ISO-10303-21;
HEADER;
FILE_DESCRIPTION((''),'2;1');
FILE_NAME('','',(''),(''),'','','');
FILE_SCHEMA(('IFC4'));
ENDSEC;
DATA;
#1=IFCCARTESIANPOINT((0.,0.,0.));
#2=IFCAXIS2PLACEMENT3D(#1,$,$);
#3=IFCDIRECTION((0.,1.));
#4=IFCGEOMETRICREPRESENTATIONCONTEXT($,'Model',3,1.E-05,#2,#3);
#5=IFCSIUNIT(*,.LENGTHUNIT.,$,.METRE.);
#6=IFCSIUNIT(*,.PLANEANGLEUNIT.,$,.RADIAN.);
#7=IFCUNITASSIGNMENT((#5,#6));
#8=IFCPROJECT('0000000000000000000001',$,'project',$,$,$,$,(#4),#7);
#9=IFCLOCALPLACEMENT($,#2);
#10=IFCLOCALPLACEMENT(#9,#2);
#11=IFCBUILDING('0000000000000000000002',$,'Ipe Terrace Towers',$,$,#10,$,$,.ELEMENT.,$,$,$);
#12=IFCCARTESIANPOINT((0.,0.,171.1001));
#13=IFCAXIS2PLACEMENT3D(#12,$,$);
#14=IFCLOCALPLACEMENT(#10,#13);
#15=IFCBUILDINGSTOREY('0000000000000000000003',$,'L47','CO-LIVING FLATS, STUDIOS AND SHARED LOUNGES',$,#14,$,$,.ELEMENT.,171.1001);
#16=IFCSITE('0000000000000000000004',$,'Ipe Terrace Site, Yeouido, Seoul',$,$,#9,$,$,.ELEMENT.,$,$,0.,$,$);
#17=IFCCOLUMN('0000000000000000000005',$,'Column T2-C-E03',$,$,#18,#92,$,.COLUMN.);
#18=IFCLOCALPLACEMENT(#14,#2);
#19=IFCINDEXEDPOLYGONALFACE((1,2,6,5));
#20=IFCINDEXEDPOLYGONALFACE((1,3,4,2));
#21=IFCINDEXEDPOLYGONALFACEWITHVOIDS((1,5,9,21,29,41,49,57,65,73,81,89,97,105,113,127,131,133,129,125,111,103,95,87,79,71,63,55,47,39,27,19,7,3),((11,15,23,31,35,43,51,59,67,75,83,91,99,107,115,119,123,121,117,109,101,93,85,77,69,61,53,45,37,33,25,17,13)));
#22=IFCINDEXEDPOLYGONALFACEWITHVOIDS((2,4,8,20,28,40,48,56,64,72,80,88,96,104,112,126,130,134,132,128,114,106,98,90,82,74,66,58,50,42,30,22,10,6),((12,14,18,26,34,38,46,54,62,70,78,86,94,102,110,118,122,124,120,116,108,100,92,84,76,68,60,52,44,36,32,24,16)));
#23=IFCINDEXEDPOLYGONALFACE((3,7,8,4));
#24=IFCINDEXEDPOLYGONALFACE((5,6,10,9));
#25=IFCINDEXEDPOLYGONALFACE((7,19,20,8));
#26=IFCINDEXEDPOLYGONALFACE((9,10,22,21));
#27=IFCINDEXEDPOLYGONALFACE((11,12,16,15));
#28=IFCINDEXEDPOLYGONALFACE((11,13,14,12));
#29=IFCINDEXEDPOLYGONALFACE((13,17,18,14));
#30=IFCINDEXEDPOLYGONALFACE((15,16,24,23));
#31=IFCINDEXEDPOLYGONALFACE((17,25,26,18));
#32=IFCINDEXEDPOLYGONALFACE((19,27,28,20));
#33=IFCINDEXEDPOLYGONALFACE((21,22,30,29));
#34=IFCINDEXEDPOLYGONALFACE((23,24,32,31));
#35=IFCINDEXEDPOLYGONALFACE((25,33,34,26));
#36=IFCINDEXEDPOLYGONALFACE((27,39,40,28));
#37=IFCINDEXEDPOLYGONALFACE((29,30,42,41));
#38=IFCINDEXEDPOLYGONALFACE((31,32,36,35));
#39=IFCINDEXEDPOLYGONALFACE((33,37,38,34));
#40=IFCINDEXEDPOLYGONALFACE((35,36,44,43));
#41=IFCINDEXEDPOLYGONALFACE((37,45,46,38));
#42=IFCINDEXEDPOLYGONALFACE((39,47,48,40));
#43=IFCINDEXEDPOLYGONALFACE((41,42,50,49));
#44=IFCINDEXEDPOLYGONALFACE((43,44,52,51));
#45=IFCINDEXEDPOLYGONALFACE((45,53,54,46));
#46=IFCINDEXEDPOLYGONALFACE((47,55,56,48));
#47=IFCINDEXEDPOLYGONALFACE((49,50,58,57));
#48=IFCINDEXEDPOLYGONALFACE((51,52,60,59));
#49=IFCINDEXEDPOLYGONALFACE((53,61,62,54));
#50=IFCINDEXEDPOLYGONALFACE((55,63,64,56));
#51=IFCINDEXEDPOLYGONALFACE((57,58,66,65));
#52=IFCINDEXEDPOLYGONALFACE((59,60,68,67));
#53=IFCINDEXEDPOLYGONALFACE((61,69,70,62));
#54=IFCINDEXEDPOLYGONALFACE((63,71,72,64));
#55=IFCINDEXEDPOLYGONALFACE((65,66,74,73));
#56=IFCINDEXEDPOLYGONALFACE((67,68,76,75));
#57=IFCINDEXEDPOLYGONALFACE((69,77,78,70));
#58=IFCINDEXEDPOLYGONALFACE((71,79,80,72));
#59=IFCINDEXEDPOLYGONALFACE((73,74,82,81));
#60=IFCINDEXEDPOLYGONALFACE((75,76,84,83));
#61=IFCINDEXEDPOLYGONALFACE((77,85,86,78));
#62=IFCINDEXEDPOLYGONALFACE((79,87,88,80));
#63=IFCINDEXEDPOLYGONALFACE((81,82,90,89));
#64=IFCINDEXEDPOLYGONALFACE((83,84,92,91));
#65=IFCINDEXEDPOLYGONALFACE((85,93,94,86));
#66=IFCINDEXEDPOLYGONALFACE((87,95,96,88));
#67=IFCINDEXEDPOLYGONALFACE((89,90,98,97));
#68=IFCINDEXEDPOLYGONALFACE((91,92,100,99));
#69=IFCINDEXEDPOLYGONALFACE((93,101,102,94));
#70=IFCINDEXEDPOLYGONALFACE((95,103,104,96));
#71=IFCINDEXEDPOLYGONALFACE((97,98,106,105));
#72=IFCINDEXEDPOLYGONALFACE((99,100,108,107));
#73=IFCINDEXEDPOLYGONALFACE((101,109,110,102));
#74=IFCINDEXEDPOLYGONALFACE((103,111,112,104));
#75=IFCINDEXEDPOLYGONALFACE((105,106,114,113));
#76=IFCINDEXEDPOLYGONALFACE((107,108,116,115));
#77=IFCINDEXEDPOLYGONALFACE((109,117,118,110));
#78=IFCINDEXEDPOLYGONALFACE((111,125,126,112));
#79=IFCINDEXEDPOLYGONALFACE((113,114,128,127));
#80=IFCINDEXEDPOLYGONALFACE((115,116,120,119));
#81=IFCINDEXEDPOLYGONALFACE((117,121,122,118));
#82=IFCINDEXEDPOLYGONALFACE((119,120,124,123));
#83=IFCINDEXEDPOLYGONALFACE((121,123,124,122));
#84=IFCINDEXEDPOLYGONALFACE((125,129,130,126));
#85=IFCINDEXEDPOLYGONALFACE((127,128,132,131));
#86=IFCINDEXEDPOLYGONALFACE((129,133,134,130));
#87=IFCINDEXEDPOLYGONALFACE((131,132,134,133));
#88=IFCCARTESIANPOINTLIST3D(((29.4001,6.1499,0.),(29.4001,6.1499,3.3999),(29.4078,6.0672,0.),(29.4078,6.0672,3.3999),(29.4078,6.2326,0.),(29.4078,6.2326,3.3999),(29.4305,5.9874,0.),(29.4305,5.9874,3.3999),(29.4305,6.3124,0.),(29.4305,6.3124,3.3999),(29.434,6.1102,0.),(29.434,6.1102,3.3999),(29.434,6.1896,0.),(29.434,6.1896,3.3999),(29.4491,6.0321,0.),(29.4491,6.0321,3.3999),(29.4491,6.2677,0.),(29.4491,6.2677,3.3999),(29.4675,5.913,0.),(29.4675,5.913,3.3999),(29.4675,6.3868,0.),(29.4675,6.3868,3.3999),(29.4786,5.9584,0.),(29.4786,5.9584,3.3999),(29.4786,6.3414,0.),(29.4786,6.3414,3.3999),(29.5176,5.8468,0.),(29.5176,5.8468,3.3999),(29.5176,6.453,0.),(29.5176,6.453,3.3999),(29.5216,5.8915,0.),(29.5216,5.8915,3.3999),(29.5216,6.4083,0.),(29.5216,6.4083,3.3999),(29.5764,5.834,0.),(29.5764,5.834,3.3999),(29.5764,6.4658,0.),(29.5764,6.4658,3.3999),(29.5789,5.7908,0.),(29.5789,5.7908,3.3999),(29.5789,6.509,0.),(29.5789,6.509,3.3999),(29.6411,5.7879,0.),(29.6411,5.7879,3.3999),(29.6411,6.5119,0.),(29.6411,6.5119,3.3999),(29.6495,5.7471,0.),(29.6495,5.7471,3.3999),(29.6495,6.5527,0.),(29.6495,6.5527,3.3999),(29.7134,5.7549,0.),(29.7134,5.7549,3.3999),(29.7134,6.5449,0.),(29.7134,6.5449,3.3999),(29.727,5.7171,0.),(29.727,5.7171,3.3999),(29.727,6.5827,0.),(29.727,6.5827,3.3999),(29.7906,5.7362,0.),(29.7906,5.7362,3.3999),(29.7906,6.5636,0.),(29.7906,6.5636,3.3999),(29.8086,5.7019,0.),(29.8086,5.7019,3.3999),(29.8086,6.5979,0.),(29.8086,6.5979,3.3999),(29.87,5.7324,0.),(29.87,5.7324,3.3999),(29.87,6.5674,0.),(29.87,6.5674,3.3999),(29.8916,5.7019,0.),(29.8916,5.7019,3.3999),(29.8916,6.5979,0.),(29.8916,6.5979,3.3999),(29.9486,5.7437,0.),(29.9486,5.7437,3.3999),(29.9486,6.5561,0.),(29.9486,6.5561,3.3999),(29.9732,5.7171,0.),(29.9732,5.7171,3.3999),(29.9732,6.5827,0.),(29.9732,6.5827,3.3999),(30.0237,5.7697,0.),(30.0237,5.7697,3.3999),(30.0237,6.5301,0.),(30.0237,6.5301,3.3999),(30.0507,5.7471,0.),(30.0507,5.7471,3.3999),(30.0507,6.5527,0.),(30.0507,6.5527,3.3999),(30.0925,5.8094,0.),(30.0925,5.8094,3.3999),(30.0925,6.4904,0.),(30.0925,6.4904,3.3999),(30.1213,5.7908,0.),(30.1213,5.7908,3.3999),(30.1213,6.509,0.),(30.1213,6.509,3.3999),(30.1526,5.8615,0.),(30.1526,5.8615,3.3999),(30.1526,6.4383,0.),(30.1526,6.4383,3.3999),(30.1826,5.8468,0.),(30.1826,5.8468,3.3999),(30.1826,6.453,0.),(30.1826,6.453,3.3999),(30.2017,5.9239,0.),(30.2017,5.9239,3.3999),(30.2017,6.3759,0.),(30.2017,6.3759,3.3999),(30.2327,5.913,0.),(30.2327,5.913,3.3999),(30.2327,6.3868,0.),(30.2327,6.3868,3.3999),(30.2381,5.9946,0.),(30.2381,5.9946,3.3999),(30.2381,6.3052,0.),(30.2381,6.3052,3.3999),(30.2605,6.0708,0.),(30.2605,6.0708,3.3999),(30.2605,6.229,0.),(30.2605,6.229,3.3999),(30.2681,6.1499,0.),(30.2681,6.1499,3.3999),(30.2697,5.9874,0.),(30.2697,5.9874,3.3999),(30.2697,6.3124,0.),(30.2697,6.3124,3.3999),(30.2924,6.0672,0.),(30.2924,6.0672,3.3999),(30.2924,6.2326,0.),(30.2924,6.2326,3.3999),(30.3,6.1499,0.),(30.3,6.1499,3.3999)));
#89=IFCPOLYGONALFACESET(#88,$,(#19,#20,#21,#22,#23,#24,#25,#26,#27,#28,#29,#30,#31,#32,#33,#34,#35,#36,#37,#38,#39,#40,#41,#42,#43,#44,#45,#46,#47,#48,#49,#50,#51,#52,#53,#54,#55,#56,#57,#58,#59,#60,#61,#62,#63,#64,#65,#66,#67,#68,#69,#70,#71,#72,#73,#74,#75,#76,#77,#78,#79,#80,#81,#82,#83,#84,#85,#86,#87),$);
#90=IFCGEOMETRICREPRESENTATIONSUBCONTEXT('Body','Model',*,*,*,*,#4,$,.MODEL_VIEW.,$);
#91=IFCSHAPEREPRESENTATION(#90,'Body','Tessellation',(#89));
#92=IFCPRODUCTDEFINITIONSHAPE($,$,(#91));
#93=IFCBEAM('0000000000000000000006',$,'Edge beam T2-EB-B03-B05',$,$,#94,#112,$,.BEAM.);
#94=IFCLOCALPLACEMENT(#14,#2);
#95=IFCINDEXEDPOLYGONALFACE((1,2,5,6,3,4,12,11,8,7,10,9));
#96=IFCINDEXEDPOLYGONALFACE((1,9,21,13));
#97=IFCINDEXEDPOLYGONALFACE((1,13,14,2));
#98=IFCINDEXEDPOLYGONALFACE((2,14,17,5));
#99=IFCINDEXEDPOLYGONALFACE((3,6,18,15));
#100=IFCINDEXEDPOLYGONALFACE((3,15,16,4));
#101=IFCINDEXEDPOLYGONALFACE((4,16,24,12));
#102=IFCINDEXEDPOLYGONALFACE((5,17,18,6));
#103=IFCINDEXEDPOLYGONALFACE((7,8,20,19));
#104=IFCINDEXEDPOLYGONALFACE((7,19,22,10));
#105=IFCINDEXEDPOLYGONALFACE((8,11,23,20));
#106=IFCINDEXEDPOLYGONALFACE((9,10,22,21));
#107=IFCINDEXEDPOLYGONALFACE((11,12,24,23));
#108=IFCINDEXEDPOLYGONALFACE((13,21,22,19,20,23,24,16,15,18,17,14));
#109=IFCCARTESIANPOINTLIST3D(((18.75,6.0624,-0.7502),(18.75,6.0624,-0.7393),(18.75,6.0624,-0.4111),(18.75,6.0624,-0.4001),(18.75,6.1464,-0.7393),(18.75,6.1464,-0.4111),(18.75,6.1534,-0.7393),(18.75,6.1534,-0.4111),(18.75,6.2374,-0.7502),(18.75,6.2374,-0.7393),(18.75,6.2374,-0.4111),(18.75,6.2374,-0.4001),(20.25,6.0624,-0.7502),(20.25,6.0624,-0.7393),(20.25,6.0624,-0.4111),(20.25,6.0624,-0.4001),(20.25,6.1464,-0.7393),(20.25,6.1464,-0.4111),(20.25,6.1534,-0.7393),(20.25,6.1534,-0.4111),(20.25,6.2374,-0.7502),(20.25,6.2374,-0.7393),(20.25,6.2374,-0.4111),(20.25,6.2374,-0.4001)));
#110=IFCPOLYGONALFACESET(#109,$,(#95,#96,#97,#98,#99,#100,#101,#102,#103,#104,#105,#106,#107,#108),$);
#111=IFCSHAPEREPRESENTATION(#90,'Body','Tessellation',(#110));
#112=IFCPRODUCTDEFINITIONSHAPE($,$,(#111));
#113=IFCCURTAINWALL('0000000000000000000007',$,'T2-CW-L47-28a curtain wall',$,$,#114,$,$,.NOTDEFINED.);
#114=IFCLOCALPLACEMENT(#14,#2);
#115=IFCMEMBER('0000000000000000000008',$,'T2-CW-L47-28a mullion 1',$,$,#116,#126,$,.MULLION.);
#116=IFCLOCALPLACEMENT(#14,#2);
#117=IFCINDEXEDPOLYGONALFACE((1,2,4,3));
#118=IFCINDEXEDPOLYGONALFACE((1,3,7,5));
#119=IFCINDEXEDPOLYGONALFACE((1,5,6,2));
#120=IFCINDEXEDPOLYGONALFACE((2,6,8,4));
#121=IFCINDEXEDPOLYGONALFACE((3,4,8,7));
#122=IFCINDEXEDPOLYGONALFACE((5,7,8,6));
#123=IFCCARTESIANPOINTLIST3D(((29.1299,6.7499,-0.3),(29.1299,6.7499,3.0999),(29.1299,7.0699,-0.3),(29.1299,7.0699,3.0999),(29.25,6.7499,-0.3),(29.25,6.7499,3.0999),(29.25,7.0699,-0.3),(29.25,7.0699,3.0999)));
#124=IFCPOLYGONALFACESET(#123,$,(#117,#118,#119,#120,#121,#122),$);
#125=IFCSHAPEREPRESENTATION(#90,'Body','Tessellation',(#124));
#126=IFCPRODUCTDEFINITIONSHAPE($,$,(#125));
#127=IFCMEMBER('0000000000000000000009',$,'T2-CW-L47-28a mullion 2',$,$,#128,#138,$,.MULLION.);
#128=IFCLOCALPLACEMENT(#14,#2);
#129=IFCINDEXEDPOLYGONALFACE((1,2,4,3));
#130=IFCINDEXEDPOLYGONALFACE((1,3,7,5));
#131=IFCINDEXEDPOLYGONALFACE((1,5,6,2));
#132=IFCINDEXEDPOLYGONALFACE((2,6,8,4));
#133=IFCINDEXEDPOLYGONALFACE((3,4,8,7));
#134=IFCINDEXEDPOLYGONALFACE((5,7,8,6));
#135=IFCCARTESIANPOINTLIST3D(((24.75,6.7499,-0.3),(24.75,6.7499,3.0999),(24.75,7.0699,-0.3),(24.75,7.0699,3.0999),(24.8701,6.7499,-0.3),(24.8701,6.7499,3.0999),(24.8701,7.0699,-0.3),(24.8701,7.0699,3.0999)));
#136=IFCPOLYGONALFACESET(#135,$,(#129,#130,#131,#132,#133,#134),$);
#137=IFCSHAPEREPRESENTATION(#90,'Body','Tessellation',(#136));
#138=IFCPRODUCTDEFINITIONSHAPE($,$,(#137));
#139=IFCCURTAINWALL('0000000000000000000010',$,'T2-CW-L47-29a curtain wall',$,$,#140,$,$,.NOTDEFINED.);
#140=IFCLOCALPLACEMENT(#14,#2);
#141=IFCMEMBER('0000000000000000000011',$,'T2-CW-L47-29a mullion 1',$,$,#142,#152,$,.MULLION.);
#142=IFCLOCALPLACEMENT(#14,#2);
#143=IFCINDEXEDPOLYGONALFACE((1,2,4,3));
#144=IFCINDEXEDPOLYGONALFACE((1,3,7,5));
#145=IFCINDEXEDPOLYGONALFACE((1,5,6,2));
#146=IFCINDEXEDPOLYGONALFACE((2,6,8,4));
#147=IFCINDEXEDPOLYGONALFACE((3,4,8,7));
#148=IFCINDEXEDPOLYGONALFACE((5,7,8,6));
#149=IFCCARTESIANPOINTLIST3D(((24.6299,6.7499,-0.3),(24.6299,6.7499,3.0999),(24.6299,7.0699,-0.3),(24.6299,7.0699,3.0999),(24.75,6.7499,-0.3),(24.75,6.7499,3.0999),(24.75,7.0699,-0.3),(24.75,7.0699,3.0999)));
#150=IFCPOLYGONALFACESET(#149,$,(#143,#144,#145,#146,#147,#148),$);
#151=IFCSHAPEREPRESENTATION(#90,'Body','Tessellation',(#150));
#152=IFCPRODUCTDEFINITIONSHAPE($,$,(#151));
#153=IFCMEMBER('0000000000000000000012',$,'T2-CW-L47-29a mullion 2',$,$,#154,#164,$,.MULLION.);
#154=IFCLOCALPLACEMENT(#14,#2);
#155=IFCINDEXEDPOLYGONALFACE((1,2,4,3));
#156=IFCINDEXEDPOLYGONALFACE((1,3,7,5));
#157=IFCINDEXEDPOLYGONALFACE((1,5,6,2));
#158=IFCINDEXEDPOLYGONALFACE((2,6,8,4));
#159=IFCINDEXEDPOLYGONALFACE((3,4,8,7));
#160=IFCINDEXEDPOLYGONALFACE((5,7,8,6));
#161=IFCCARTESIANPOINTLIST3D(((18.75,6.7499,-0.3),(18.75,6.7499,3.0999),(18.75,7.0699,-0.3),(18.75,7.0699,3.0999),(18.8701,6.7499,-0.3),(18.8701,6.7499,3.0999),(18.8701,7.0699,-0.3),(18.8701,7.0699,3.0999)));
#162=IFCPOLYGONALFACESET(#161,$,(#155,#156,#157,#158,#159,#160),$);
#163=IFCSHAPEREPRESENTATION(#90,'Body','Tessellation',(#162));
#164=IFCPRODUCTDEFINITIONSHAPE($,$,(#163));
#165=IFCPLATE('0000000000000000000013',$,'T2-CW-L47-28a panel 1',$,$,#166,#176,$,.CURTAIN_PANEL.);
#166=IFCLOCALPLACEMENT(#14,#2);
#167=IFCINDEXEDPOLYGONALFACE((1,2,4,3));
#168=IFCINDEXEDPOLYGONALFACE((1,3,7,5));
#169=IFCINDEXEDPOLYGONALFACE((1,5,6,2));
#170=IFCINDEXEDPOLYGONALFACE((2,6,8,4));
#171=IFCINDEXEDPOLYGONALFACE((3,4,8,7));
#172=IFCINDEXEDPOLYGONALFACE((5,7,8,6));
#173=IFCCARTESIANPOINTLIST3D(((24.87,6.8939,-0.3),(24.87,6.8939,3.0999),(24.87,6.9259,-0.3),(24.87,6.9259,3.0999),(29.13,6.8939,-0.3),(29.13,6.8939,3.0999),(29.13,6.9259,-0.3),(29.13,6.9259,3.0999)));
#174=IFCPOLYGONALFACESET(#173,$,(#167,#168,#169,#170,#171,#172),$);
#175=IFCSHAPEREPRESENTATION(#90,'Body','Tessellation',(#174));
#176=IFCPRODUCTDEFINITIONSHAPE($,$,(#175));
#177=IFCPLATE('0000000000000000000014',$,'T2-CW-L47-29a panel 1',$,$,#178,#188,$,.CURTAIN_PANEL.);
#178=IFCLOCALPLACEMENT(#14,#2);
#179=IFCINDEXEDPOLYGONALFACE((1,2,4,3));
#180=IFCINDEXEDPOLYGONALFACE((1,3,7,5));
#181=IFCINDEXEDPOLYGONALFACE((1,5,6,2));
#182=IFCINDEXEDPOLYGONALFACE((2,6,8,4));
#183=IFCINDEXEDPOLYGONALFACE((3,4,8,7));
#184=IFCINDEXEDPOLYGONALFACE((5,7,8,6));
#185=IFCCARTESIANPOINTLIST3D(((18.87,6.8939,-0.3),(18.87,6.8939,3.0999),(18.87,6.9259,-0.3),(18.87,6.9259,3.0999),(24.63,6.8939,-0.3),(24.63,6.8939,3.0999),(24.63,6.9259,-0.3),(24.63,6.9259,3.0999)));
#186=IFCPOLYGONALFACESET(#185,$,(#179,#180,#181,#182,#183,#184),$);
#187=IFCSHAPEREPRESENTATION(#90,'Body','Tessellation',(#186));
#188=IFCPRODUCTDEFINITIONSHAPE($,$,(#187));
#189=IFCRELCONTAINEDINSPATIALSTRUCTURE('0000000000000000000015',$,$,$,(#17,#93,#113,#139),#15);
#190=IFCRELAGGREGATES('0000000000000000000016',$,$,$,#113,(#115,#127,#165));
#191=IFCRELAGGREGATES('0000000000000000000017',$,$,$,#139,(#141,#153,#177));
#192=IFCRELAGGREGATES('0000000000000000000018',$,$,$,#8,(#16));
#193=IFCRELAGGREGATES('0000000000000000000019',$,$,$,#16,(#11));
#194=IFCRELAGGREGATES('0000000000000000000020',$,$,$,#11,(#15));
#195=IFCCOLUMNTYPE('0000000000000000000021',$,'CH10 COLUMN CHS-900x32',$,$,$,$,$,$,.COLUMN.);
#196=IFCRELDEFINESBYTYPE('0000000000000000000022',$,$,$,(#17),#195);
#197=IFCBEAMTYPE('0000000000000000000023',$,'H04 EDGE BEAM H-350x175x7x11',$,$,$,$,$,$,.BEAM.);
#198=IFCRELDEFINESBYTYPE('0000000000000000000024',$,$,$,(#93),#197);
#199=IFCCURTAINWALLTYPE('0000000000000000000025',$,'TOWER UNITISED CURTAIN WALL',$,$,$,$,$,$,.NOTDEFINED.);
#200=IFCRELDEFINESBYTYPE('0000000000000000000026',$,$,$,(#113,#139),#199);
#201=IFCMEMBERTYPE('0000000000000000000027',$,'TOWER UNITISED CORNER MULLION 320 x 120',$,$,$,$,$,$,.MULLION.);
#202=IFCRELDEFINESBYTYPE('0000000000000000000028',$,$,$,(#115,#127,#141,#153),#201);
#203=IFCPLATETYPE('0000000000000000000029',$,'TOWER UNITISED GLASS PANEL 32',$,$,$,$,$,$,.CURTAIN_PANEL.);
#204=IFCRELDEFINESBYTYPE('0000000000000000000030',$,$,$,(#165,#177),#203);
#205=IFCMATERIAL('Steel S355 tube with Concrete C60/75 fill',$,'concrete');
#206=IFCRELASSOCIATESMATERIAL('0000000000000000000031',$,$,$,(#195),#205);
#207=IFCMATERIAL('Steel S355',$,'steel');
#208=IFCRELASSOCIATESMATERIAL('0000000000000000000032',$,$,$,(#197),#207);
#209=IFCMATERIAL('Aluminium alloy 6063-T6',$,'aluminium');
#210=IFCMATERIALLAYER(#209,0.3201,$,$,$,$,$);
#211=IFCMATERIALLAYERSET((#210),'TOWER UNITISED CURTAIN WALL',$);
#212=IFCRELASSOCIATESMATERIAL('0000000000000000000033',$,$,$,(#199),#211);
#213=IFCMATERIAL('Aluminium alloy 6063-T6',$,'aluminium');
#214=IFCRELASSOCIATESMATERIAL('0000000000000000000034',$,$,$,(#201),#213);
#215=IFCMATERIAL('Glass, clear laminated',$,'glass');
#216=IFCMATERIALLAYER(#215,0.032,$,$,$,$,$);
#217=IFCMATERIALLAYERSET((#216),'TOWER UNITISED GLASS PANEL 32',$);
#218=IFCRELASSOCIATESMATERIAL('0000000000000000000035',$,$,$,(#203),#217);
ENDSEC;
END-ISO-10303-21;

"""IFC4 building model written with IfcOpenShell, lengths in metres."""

from ifc_helpers import new_model, si_unit, direction, frame, origin, origin_2d, place, context, subcontext, project, spatial, rectangle, hollow_circle, i_section, extrude, material, layer, layer_set, material_profile, profile_set, type_object, element, aggregate, save


model = new_model("IFC4")

# Units and contexts
model_context = context("Model", 3, precision=1e-05, world=origin(), true_north=direction((0.0, 1.0)))
body_context = subcontext(model_context, "Body", "Model", "MODEL_VIEW")
ifc_project = project(units=[si_unit("LENGTHUNIT", "METRE"), si_unit("PLANEANGLEUNIT", "RADIAN")], contexts=[model_context])

# Site, building, storey
site_placement = place(None, origin())
site = spatial("IfcSite", under=ifc_project, at=site_placement, Name="Ipe Terrace Site, Yeouido, Seoul", CompositionType="ELEMENT", RefElevation=0.0)
building_placement = place(site_placement, origin())
building = spatial("IfcBuilding", under=site, at=building_placement, Name="Ipe Terrace Towers", CompositionType="ELEMENT")
storey_placement = place(building_placement, frame((0.0, 0.0, 171.1001)))
storey = spatial("IfcBuildingStorey", under=building, at=storey_placement, Name="L47", Description="CO-LIVING FLATS, STUDIOS AND SHARED LOUNGES", CompositionType="ELEMENT", Elevation=171.1001)

# Column
ifc_material_1 = material(Name="Steel S355 tube with Concrete C60/75 fill", Category="concrete")
ifc_material_profile_1 = material_profile(ifc_material_1, hollow_circle(Radius=0.45, WallThickness=0.032, at=origin_2d()), Name="CHS-900x32")
ifc_profile_set_1 = profile_set([ifc_material_profile_1], Name="Steel S355 tube with Concrete C60/75 fill")
column_type_1 = type_object("IfcColumnType", Name="CH10 COLUMN CHS-900x32", PredefinedType="COLUMN", material=ifc_profile_set_1)
column_placement = place(storey_placement, frame((29.8501, 6.1499, 0.0), z_axis=(0.0, 0.0, 1.0), x_axis=(1.0, 0.0, 0.0)))
element("IfcColumn", 1, at=column_placement, inside=storey, type_object=column_type_1, Name="Column T2-C-E03", PredefinedType="COLUMN", context=body_context, shape_type="SweptSolid", body=[
    extrude(hollow_circle(Radius=0.45, WallThickness=0.032, at=origin_2d()), origin(), (0.0, 0.0, 1.0), 3.3999),
])

# Beam
ifc_material_2 = material(Name="Steel S355", Category="steel")
ifc_material_profile_2 = material_profile(ifc_material_2, i_section(OverallWidth=0.175, OverallDepth=0.3501, WebThickness=0.0071, FlangeThickness=0.011, at=origin_2d()), Name="H-350x175x7x11")
ifc_profile_set_2 = profile_set([ifc_material_profile_2], Name="Steel S355")
beam_type = type_object("IfcBeamType", Name="H04 EDGE BEAM H-350x175x7x11", PredefinedType="BEAM", material=ifc_profile_set_2)
beam_placement = place(storey_placement, frame((20.25, 6.1499, -0.5752), z_axis=(-1.0, 0.0, 0.0), x_axis=(0.0, -1.0, 0.0)))
element("IfcBeam", 2, at=beam_placement, inside=storey, type_object=beam_type, Name="Edge beam T2-EB-B03-B05", PredefinedType="BEAM", context=body_context, shape_type="SweptSolid", body=[
    extrude(i_section(OverallWidth=0.175, OverallDepth=0.3501, WebThickness=0.0071, FlangeThickness=0.011, at=origin_2d()), origin(), (0.0, 0.0, 1.0), 1.5),
])

# Curtain walls, members
ifc_material_3 = material(Name="Aluminium alloy 6063-T6", Category="aluminium")
ifc_layer_1 = layer(ifc_material_3, 0.3201)
ifc_layer_set_1 = layer_set([ifc_layer_1], Name="TOWER UNITISED CURTAIN WALL")
curtain_wall_type = type_object("IfcCurtainWallType", Name="TOWER UNITISED CURTAIN WALL", PredefinedType="NOTDEFINED", material=ifc_layer_set_1)
curtain_wall_1_placement = place(storey_placement, origin())
curtain_wall_1 = element("IfcCurtainWall", 3, at=curtain_wall_1_placement, inside=storey, type_object=curtain_wall_type, Name="T2-CW-L47-28a curtain wall", PredefinedType="NOTDEFINED")
ifc_material_4 = material(Name="Aluminium alloy 6063-T6", Category="aluminium")
ifc_material_profile_3 = material_profile(ifc_material_4, rectangle(XDim=0.3201, YDim=0.1201, at=origin_2d()), Name="TOWER UNITISED CORNER MULLION 320 x 120")
ifc_profile_set_3 = profile_set([ifc_material_profile_3], Name="Aluminium alloy 6063-T6")
member_type = type_object("IfcMemberType", Name="TOWER UNITISED CORNER MULLION 320 x 120", PredefinedType="MULLION", material=ifc_profile_set_3)
member_1_placement = place(storey_placement, frame((29.1899, 6.9099, -0.3), z_axis=(0.0, 0.0, 1.0), x_axis=(0.0, 1.0, 0.0)))
member_1 = element("IfcMember", 4, at=member_1_placement, type_object=member_type, Name="T2-CW-L47-28a mullion 1", PredefinedType="MULLION", context=body_context, shape_type="SweptSolid", body=[
    extrude(rectangle(XDim=0.3201, YDim=0.1201, at=origin_2d()), origin(), (0.0, 0.0, 1.0), 3.3999),
])
member_2_placement = place(storey_placement, frame((24.8101, 6.9099, -0.3), z_axis=(0.0, 0.0, 1.0), x_axis=(0.0, 1.0, 0.0)))
member_2 = element("IfcMember", 5, at=member_2_placement, type_object=member_type, Name="T2-CW-L47-28a mullion 2", PredefinedType="MULLION", context=body_context, shape_type="SweptSolid", body=[
    extrude(rectangle(XDim=0.3201, YDim=0.1201, at=origin_2d()), origin(), (0.0, 0.0, 1.0), 3.3999),
])
curtain_wall_2_placement = place(storey_placement, origin())
curtain_wall_2 = element("IfcCurtainWall", 6, at=curtain_wall_2_placement, inside=storey, type_object=curtain_wall_type, Name="T2-CW-L47-29a curtain wall", PredefinedType="NOTDEFINED")
member_3_placement = place(storey_placement, frame((24.6899, 6.9099, -0.3), z_axis=(0.0, 0.0, 1.0), x_axis=(0.0, 1.0, 0.0)))
member_3 = element("IfcMember", 7, at=member_3_placement, type_object=member_type, Name="T2-CW-L47-29a mullion 1", PredefinedType="MULLION", context=body_context, shape_type="SweptSolid", body=[
    extrude(rectangle(XDim=0.3201, YDim=0.1201, at=origin_2d()), origin(), (0.0, 0.0, 1.0), 3.3999),
])
member_4_placement = place(storey_placement, frame((18.8101, 6.9099, -0.3), z_axis=(0.0, 0.0, 1.0), x_axis=(0.0, 1.0, 0.0)))
member_4 = element("IfcMember", 8, at=member_4_placement, type_object=member_type, Name="T2-CW-L47-29a mullion 2", PredefinedType="MULLION", context=body_context, shape_type="SweptSolid", body=[
    extrude(rectangle(XDim=0.3201, YDim=0.1201, at=origin_2d()), origin(), (0.0, 0.0, 1.0), 3.3999),
])

# Plates
ifc_material_5 = material(Name="Glass, clear laminated", Category="glass")
ifc_layer_2 = layer(ifc_material_5, 0.032)
ifc_layer_set_2 = layer_set([ifc_layer_2], Name="TOWER UNITISED GLASS PANEL 32")
plate_type = type_object("IfcPlateType", Name="TOWER UNITISED GLASS PANEL 32", PredefinedType="CURTAIN_PANEL", material=ifc_layer_set_2)
plate_1_placement = place(storey_placement, frame((27.0, 6.9099, -0.3), z_axis=(0.0, 0.0, 1.0), x_axis=(-1.0, 0.0, 0.0)))
plate_1 = element("IfcPlate", 9, at=plate_1_placement, type_object=plate_type, Name="T2-CW-L47-28a panel 1", PredefinedType="CURTAIN_PANEL", context=body_context, shape_type="SweptSolid", body=[
    extrude(rectangle(XDim=4.26, YDim=0.032, at=origin_2d()), origin(), (0.0, 0.0, 1.0), 3.3999),
])
aggregate(curtain_wall_1, [member_1, member_2, plate_1])
plate_2_placement = place(storey_placement, frame((21.75, 6.9099, -0.3), z_axis=(0.0, 0.0, 1.0), x_axis=(-1.0, 0.0, 0.0)))
plate_2 = element("IfcPlate", 10, at=plate_2_placement, type_object=plate_type, Name="T2-CW-L47-29a panel 1", PredefinedType="CURTAIN_PANEL", context=body_context, shape_type="SweptSolid", body=[
    extrude(rectangle(XDim=5.76, YDim=0.032, at=origin_2d()), origin(), (0.0, 0.0, 1.0), 3.3999),
])
aggregate(curtain_wall_2, [member_3, member_4, plate_2])

save(model, "model.ifc")
